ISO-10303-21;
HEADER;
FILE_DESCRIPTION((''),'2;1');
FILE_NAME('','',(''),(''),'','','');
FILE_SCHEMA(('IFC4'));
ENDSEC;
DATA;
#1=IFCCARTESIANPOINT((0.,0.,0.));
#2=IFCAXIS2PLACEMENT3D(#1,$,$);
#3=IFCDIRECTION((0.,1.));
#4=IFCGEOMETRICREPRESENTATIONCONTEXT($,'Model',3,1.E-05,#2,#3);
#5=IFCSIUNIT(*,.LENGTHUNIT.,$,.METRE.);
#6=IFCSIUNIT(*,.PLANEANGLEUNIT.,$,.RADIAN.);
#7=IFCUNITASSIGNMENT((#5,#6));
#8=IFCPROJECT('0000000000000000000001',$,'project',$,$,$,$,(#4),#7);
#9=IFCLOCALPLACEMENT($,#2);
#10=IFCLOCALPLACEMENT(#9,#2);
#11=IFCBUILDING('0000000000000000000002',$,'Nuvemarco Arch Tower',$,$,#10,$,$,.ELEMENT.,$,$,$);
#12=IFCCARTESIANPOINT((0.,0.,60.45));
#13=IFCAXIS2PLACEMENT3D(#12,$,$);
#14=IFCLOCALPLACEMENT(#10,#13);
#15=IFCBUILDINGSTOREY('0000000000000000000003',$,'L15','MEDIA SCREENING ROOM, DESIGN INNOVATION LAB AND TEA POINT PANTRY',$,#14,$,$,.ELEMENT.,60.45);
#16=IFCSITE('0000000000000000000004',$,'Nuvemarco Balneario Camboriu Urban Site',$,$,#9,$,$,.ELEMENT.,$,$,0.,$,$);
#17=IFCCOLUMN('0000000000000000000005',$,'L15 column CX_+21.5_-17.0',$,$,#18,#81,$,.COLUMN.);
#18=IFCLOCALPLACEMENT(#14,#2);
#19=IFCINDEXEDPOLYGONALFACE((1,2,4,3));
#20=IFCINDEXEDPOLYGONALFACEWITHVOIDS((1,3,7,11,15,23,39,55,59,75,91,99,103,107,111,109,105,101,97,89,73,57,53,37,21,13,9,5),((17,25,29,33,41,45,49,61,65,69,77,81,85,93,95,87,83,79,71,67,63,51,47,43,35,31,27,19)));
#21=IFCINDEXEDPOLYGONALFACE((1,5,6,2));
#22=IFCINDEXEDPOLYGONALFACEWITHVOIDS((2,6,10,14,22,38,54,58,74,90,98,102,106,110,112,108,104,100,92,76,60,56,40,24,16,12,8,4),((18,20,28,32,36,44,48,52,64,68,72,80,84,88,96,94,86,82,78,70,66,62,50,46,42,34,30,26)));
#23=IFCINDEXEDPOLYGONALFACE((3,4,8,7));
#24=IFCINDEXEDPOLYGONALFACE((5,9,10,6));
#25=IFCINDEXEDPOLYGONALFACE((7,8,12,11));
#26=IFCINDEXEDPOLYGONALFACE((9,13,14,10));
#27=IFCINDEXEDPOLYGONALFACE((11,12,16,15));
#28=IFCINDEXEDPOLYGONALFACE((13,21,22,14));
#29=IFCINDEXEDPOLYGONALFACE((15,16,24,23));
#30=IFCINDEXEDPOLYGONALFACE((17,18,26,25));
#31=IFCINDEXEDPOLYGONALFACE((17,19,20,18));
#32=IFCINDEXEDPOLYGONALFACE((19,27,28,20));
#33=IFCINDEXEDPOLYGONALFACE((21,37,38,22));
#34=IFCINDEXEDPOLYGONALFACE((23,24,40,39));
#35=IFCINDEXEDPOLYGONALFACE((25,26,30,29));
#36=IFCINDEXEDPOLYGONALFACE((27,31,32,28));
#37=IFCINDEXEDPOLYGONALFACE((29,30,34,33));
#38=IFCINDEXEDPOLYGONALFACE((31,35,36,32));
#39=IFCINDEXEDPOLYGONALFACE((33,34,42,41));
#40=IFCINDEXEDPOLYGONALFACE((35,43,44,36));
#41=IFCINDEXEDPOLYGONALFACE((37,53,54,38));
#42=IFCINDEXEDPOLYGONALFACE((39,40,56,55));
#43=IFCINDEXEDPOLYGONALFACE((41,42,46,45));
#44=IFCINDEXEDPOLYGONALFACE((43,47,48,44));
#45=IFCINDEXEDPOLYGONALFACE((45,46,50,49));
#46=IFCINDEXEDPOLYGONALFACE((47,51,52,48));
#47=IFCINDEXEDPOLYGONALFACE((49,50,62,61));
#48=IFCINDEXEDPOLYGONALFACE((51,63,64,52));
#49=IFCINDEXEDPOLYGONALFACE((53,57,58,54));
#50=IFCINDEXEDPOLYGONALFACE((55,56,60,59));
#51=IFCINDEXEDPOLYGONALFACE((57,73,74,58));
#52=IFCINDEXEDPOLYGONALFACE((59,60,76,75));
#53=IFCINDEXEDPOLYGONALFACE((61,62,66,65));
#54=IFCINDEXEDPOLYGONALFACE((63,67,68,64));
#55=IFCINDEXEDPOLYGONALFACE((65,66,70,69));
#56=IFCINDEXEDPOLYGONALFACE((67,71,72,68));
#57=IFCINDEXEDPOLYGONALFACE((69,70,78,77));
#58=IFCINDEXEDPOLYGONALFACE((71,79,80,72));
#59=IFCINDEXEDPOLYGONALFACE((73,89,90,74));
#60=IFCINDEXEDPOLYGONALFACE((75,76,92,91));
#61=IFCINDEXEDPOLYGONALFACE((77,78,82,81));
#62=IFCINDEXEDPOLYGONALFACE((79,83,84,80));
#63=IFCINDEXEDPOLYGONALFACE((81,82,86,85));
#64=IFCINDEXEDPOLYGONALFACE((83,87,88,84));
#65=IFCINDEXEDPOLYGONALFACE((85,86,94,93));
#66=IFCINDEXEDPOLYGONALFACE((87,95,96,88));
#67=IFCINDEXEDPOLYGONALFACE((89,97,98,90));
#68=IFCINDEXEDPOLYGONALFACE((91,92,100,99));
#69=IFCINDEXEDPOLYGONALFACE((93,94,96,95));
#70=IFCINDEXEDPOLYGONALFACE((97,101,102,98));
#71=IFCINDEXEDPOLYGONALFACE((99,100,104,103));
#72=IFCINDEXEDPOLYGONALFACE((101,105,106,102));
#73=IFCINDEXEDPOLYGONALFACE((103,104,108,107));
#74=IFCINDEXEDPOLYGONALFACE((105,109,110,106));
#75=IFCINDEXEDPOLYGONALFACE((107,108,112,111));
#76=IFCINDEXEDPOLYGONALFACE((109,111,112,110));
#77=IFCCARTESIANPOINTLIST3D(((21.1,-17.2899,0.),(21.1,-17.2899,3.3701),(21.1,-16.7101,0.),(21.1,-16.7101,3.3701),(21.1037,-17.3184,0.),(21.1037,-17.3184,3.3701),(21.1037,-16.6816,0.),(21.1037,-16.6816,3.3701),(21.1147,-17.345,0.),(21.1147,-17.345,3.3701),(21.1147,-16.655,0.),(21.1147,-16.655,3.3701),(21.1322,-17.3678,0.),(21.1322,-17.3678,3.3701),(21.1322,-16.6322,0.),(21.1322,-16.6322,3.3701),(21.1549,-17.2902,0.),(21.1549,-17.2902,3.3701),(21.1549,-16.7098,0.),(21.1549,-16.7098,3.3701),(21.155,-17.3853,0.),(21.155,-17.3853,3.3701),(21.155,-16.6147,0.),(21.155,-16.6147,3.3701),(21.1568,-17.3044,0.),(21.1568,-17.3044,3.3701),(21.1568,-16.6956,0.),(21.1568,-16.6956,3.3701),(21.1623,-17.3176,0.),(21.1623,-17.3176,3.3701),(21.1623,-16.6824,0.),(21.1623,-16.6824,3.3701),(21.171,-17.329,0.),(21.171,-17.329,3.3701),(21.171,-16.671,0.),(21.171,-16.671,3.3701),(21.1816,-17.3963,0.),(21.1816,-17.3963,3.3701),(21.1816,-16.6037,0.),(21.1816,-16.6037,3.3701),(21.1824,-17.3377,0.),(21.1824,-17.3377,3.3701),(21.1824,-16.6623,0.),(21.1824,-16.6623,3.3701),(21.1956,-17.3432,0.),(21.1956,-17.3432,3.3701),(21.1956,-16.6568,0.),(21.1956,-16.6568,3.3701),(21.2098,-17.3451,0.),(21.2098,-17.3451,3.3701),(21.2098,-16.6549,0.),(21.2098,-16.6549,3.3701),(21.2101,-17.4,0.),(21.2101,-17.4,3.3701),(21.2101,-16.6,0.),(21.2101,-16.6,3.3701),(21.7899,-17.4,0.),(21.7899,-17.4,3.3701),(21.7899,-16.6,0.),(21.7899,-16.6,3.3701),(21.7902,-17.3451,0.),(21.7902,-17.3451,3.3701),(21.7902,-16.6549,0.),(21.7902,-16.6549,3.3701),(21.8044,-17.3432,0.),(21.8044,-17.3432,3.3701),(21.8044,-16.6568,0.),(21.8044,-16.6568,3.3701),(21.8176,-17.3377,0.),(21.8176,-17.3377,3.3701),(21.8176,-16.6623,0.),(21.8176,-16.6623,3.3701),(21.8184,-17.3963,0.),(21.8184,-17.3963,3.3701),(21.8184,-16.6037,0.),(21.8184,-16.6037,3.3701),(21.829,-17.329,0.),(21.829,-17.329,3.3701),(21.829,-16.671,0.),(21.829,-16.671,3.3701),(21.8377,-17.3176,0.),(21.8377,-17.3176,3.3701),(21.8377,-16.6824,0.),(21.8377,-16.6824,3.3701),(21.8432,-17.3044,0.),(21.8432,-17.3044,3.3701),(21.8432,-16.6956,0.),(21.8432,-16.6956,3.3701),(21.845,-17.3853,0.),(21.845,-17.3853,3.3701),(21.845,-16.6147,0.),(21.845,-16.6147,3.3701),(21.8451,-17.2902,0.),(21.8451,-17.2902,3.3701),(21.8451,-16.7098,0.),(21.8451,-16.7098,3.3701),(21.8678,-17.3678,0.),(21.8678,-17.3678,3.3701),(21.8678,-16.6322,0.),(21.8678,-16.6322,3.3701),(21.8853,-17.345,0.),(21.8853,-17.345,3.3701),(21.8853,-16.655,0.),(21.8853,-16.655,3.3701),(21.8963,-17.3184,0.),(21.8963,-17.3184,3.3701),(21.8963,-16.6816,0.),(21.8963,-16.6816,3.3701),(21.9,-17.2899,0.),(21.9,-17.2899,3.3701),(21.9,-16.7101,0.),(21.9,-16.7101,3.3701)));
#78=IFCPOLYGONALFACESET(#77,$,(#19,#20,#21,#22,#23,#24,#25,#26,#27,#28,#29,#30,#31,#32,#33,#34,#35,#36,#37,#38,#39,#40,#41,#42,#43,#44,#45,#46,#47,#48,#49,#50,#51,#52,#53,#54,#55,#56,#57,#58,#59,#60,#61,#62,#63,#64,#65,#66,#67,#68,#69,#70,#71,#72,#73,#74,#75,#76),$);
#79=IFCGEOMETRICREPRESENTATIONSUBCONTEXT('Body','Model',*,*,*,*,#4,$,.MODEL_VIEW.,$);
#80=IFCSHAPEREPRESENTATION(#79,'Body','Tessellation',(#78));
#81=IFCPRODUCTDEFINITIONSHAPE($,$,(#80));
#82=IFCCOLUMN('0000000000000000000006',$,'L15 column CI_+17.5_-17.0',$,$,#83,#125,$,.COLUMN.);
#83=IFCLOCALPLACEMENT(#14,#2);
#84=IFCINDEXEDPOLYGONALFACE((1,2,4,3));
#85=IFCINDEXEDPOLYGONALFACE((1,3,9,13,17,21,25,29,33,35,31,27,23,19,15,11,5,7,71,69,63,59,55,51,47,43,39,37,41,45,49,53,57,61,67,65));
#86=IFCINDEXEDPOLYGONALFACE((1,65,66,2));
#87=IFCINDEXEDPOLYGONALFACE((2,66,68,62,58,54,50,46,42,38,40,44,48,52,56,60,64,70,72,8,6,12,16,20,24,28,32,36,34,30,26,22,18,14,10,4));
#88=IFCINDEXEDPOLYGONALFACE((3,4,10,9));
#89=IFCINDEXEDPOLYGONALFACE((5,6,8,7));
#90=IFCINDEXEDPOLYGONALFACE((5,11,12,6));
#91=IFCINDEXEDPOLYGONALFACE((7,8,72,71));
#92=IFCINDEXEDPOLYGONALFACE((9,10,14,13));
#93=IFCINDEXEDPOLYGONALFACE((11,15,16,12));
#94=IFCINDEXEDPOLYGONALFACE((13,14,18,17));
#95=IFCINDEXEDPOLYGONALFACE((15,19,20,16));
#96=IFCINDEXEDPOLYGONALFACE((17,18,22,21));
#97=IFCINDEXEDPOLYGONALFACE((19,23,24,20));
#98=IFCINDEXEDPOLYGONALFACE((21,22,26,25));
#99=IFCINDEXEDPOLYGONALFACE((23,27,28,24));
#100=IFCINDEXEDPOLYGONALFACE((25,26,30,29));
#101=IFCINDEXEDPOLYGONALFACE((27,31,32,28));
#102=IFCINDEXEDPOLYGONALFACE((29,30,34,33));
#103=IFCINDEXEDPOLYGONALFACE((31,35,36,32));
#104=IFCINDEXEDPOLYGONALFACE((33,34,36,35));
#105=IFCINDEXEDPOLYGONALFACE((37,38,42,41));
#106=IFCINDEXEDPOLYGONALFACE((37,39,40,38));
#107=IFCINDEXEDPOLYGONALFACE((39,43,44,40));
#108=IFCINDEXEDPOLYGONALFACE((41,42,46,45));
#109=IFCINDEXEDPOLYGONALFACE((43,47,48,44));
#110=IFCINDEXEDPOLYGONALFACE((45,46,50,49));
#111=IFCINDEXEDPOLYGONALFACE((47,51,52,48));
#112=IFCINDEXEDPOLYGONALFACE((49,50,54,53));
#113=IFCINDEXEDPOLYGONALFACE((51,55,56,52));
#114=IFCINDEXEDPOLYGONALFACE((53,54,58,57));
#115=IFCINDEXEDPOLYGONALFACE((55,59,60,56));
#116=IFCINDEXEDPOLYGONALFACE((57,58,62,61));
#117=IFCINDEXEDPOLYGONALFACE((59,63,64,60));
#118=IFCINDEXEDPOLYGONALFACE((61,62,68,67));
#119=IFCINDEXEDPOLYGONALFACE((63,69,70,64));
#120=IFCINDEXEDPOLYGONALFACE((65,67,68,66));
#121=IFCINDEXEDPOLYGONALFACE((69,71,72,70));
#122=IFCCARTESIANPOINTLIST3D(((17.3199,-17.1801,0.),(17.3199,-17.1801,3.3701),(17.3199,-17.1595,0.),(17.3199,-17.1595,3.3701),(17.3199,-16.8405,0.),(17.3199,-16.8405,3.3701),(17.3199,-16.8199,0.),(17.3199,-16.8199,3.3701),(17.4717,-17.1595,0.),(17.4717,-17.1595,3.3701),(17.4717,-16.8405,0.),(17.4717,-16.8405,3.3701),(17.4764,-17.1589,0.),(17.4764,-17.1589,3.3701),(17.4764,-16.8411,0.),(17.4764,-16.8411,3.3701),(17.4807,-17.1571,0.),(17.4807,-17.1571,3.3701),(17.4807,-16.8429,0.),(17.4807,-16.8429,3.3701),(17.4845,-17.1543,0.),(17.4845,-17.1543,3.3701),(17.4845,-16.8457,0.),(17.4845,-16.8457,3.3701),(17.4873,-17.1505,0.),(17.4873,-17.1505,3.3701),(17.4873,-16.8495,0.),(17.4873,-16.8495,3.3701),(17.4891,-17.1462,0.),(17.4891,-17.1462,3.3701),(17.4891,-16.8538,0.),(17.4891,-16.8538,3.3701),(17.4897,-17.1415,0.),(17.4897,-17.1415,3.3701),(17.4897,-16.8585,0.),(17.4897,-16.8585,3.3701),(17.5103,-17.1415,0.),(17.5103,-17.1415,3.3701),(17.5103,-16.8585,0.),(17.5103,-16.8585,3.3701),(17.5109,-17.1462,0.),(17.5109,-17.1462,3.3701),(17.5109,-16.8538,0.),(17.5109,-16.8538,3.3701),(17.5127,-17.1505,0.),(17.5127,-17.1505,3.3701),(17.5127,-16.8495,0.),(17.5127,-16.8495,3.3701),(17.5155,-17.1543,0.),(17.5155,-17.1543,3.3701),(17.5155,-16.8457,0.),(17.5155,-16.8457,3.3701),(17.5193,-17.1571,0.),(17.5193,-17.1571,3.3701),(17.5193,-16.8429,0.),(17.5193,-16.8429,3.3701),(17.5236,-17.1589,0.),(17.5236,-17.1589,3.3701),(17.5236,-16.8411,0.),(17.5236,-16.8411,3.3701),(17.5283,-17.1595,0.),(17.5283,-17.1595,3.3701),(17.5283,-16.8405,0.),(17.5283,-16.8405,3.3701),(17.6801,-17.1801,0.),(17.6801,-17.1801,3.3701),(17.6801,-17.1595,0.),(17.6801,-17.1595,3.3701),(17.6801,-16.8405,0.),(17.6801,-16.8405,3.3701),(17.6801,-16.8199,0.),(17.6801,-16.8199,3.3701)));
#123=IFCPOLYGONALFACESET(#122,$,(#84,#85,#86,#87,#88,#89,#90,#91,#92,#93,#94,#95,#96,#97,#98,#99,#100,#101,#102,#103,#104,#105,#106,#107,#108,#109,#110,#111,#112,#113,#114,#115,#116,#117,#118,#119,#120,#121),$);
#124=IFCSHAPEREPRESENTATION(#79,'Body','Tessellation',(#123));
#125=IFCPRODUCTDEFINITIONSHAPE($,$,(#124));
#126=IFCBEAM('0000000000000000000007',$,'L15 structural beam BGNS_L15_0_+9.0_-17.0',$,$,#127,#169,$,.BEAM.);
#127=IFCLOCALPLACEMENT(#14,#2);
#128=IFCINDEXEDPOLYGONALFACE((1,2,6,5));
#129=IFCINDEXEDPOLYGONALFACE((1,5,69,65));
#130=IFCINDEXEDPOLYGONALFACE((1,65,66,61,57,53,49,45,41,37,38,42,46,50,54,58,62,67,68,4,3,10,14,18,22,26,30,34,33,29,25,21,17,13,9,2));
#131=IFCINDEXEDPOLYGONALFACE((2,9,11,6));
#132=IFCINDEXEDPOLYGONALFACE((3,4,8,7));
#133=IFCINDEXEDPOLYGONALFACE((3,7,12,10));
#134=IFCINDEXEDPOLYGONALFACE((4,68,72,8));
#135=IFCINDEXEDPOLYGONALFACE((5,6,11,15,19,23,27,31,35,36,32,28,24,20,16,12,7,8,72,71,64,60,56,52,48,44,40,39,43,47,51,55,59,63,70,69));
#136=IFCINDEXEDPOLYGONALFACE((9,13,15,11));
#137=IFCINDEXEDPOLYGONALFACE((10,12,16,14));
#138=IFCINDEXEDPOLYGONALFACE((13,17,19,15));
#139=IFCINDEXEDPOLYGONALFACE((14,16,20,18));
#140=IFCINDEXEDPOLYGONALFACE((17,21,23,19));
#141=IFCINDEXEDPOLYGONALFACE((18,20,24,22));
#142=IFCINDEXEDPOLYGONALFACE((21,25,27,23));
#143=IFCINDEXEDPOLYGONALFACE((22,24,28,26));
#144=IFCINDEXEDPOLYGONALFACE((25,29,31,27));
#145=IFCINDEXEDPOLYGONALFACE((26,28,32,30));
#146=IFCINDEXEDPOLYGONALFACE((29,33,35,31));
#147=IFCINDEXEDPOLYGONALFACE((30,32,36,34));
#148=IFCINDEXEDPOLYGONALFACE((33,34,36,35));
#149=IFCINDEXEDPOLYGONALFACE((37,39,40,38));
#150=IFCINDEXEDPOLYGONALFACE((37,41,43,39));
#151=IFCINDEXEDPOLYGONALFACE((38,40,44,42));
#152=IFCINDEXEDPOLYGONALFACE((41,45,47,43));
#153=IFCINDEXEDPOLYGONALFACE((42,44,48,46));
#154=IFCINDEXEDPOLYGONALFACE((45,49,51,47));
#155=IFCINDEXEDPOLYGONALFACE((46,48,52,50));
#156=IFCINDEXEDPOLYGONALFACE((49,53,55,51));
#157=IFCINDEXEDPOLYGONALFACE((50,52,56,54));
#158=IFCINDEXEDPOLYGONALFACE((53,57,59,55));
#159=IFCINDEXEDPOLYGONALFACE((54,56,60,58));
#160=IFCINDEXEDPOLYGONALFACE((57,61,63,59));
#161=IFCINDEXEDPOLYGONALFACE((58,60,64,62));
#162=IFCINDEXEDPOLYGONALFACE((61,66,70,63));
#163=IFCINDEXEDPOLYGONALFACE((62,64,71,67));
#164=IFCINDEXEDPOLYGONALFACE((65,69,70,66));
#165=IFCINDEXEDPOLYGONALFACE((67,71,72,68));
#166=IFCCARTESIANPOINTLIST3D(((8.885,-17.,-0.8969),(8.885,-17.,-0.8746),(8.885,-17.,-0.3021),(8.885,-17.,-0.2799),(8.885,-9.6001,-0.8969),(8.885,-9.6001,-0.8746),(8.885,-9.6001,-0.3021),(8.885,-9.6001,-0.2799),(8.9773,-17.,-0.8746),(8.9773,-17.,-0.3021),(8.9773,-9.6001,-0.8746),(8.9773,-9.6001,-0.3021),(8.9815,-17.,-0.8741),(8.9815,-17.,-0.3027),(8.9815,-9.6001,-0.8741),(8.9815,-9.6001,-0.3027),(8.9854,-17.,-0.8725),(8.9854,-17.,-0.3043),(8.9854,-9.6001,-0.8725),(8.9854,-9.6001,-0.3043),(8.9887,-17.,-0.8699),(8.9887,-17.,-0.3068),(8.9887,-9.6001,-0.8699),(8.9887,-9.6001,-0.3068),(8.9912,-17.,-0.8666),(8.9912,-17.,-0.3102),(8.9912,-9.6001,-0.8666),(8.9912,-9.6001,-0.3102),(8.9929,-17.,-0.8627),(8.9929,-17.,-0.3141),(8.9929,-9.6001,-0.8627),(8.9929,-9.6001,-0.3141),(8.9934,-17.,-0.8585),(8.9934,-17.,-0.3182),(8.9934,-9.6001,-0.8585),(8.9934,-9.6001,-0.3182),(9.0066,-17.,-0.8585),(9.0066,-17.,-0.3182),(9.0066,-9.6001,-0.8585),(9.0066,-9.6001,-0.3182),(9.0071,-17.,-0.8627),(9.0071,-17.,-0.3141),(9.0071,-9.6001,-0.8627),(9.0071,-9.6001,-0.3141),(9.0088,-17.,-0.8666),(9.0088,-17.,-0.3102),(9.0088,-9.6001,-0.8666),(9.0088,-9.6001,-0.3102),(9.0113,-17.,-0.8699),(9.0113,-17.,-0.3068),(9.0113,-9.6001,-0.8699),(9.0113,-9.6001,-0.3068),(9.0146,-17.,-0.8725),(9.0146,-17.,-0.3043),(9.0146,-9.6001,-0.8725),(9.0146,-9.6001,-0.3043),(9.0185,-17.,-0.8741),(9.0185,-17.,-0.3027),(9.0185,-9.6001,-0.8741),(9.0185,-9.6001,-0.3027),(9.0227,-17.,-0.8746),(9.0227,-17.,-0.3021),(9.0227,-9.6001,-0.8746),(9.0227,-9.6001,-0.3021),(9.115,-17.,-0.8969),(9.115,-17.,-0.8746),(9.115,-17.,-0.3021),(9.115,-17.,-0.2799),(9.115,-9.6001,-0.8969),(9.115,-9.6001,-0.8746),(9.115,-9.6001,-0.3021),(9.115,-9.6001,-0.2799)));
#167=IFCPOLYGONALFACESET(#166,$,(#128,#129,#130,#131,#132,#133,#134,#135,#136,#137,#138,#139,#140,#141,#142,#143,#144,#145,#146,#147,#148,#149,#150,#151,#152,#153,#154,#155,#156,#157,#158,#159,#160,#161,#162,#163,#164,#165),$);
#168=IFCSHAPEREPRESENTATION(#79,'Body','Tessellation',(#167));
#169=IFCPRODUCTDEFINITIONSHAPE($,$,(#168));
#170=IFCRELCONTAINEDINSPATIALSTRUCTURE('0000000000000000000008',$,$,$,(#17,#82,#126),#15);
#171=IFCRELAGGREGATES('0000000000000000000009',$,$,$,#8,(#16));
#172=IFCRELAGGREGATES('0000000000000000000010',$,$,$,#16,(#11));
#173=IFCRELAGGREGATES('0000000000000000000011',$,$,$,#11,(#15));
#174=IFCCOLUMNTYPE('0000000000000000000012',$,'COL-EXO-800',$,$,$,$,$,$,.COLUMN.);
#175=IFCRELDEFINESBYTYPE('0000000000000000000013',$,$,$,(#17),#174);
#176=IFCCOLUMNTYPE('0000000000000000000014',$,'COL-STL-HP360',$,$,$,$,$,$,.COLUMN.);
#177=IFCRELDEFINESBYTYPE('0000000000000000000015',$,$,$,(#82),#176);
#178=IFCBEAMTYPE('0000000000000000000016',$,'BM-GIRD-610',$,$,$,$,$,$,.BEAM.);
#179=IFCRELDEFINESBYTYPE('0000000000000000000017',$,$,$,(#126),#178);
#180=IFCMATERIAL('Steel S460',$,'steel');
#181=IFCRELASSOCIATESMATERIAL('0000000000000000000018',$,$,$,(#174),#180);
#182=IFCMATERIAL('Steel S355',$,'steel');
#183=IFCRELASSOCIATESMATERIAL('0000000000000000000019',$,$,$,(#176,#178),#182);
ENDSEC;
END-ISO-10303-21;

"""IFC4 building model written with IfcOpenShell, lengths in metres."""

from ifc_helpers import new_model, si_unit, direction, frame, origin, origin_2d, place, context, subcontext, project, spatial, hollow_rectangle, i_section, extrude, material, material_profile, profile_set, type_object, element, save


model = new_model("IFC4")

# Units and contexts
model_context = context("Model", 3, precision=1e-05, world=origin(), true_north=direction((0.0, 1.0)))
body_context = subcontext(model_context, "Body", "Model", "MODEL_VIEW")
ifc_project = project(units=[si_unit("LENGTHUNIT", "METRE"), si_unit("PLANEANGLEUNIT", "RADIAN")], contexts=[model_context])

# Site, building, storey
site_placement = place(None, origin())
site = spatial("IfcSite", under=ifc_project, at=site_placement, Name="Nuvemarco Balneario Camboriu Urban Site", CompositionType="ELEMENT", RefElevation=0.0)
building_placement = place(site_placement, origin())
building = spatial("IfcBuilding", under=site, at=building_placement, Name="Nuvemarco Arch Tower", CompositionType="ELEMENT")
storey_placement = place(building_placement, frame((0.0, 0.0, 60.45)))
storey = spatial("IfcBuildingStorey", under=building, at=storey_placement, Name="L15", Description="MEDIA SCREENING ROOM, DESIGN INNOVATION LAB AND TEA POINT PANTRY", CompositionType="ELEMENT", Elevation=60.45)

# Columns
ifc_material_1 = material(Name="Steel S460", Category="steel")
ifc_material_profile_1 = material_profile(ifc_material_1, hollow_rectangle(XDim=0.8, YDim=0.8, WallThickness=0.0549, InnerFilletRadius=0.0549, OuterFilletRadius=0.1101, at=origin_2d()), Name="SHS800x800x55")
ifc_profile_set_1 = profile_set([ifc_material_profile_1], Name="Steel S460")
column_type_1 = type_object("IfcColumnType", Name="COL-EXO-800", PredefinedType="COLUMN", material=ifc_profile_set_1)
column_1_placement = place(storey_placement, frame((21.5, -17.0, 0.0), z_axis=(0.0, 0.0, 1.0), x_axis=(1.0, 0.0, 0.0)))
element("IfcColumn", 1, at=column_1_placement, inside=storey, type_object=column_type_1, Name="L15 column CX_+21.5_-17.0", PredefinedType="COLUMN", context=body_context, shape_type="SweptSolid", body=[
    extrude(hollow_rectangle(XDim=0.8, YDim=0.8, WallThickness=0.0549, InnerFilletRadius=0.0549, OuterFilletRadius=0.1101, at=origin_2d()), origin(), (0.0, 0.0, 1.0), 3.3701),
])
ifc_material_2 = material(Name="Steel S355", Category="steel")
ifc_material_profile_2 = material_profile(ifc_material_2, i_section(OverallWidth=0.3601, OverallDepth=0.3601, WebThickness=0.0205, FlangeThickness=0.0205, FilletRadius=0.0181, at=origin_2d()), Name="HP360x174")
ifc_profile_set_2 = profile_set([ifc_material_profile_2], Name="Steel S355")
column_type_2 = type_object("IfcColumnType", Name="COL-STL-HP360", PredefinedType="COLUMN", material=ifc_profile_set_2)
column_2_placement = place(storey_placement, frame((17.5, -17.0, 0.0), z_axis=(0.0, 0.0, 1.0), x_axis=(1.0, 0.0, 0.0)))
element("IfcColumn", 2, at=column_2_placement, inside=storey, type_object=column_type_2, Name="L15 column CI_+17.5_-17.0", PredefinedType="COLUMN", context=body_context, shape_type="SweptSolid", body=[
    extrude(i_section(OverallWidth=0.3601, OverallDepth=0.3601, WebThickness=0.0205, FlangeThickness=0.0205, FilletRadius=0.0181, at=origin_2d()), origin(), (0.0, 0.0, 1.0), 3.3701),
])

# Beam
ifc_material_profile_3 = material_profile(ifc_material_2, i_section(OverallWidth=0.23, OverallDepth=0.6169, WebThickness=0.0132, FlangeThickness=0.0222, FilletRadius=0.0161, at=origin_2d()), Name="W610x140")
ifc_profile_set_3 = profile_set([ifc_material_profile_3], Name="Steel S355")
beam_type_1 = type_object("IfcBeamType", Name="BM-GIRD-610", PredefinedType="BEAM", material=ifc_profile_set_3)
for number, where, z_axis, x_axis, name in (
    (3, (9.0, -17.0, -0.5884), (0.0, 1.0, 0.0), (-1.0, 0.0, 0.0), "L15 structural beam BGNS_L15_0_+9.0_-17.0"),
):
    element("IfcBeam", number, at=place(storey_placement, frame(where, z_axis=z_axis, x_axis=x_axis)), inside=storey, type_object=beam_type_1, Name=name, PredefinedType="BEAM", context=body_context, shape_type="SweptSolid", body=[
        extrude(i_section(OverallWidth=0.23, OverallDepth=0.6169, WebThickness=0.0132, FlangeThickness=0.0222, FilletRadius=0.0161, at=origin_2d()), origin(), (0.0, 0.0, 1.0), 7.3999),
    ])

save(model, "model.ifc")
